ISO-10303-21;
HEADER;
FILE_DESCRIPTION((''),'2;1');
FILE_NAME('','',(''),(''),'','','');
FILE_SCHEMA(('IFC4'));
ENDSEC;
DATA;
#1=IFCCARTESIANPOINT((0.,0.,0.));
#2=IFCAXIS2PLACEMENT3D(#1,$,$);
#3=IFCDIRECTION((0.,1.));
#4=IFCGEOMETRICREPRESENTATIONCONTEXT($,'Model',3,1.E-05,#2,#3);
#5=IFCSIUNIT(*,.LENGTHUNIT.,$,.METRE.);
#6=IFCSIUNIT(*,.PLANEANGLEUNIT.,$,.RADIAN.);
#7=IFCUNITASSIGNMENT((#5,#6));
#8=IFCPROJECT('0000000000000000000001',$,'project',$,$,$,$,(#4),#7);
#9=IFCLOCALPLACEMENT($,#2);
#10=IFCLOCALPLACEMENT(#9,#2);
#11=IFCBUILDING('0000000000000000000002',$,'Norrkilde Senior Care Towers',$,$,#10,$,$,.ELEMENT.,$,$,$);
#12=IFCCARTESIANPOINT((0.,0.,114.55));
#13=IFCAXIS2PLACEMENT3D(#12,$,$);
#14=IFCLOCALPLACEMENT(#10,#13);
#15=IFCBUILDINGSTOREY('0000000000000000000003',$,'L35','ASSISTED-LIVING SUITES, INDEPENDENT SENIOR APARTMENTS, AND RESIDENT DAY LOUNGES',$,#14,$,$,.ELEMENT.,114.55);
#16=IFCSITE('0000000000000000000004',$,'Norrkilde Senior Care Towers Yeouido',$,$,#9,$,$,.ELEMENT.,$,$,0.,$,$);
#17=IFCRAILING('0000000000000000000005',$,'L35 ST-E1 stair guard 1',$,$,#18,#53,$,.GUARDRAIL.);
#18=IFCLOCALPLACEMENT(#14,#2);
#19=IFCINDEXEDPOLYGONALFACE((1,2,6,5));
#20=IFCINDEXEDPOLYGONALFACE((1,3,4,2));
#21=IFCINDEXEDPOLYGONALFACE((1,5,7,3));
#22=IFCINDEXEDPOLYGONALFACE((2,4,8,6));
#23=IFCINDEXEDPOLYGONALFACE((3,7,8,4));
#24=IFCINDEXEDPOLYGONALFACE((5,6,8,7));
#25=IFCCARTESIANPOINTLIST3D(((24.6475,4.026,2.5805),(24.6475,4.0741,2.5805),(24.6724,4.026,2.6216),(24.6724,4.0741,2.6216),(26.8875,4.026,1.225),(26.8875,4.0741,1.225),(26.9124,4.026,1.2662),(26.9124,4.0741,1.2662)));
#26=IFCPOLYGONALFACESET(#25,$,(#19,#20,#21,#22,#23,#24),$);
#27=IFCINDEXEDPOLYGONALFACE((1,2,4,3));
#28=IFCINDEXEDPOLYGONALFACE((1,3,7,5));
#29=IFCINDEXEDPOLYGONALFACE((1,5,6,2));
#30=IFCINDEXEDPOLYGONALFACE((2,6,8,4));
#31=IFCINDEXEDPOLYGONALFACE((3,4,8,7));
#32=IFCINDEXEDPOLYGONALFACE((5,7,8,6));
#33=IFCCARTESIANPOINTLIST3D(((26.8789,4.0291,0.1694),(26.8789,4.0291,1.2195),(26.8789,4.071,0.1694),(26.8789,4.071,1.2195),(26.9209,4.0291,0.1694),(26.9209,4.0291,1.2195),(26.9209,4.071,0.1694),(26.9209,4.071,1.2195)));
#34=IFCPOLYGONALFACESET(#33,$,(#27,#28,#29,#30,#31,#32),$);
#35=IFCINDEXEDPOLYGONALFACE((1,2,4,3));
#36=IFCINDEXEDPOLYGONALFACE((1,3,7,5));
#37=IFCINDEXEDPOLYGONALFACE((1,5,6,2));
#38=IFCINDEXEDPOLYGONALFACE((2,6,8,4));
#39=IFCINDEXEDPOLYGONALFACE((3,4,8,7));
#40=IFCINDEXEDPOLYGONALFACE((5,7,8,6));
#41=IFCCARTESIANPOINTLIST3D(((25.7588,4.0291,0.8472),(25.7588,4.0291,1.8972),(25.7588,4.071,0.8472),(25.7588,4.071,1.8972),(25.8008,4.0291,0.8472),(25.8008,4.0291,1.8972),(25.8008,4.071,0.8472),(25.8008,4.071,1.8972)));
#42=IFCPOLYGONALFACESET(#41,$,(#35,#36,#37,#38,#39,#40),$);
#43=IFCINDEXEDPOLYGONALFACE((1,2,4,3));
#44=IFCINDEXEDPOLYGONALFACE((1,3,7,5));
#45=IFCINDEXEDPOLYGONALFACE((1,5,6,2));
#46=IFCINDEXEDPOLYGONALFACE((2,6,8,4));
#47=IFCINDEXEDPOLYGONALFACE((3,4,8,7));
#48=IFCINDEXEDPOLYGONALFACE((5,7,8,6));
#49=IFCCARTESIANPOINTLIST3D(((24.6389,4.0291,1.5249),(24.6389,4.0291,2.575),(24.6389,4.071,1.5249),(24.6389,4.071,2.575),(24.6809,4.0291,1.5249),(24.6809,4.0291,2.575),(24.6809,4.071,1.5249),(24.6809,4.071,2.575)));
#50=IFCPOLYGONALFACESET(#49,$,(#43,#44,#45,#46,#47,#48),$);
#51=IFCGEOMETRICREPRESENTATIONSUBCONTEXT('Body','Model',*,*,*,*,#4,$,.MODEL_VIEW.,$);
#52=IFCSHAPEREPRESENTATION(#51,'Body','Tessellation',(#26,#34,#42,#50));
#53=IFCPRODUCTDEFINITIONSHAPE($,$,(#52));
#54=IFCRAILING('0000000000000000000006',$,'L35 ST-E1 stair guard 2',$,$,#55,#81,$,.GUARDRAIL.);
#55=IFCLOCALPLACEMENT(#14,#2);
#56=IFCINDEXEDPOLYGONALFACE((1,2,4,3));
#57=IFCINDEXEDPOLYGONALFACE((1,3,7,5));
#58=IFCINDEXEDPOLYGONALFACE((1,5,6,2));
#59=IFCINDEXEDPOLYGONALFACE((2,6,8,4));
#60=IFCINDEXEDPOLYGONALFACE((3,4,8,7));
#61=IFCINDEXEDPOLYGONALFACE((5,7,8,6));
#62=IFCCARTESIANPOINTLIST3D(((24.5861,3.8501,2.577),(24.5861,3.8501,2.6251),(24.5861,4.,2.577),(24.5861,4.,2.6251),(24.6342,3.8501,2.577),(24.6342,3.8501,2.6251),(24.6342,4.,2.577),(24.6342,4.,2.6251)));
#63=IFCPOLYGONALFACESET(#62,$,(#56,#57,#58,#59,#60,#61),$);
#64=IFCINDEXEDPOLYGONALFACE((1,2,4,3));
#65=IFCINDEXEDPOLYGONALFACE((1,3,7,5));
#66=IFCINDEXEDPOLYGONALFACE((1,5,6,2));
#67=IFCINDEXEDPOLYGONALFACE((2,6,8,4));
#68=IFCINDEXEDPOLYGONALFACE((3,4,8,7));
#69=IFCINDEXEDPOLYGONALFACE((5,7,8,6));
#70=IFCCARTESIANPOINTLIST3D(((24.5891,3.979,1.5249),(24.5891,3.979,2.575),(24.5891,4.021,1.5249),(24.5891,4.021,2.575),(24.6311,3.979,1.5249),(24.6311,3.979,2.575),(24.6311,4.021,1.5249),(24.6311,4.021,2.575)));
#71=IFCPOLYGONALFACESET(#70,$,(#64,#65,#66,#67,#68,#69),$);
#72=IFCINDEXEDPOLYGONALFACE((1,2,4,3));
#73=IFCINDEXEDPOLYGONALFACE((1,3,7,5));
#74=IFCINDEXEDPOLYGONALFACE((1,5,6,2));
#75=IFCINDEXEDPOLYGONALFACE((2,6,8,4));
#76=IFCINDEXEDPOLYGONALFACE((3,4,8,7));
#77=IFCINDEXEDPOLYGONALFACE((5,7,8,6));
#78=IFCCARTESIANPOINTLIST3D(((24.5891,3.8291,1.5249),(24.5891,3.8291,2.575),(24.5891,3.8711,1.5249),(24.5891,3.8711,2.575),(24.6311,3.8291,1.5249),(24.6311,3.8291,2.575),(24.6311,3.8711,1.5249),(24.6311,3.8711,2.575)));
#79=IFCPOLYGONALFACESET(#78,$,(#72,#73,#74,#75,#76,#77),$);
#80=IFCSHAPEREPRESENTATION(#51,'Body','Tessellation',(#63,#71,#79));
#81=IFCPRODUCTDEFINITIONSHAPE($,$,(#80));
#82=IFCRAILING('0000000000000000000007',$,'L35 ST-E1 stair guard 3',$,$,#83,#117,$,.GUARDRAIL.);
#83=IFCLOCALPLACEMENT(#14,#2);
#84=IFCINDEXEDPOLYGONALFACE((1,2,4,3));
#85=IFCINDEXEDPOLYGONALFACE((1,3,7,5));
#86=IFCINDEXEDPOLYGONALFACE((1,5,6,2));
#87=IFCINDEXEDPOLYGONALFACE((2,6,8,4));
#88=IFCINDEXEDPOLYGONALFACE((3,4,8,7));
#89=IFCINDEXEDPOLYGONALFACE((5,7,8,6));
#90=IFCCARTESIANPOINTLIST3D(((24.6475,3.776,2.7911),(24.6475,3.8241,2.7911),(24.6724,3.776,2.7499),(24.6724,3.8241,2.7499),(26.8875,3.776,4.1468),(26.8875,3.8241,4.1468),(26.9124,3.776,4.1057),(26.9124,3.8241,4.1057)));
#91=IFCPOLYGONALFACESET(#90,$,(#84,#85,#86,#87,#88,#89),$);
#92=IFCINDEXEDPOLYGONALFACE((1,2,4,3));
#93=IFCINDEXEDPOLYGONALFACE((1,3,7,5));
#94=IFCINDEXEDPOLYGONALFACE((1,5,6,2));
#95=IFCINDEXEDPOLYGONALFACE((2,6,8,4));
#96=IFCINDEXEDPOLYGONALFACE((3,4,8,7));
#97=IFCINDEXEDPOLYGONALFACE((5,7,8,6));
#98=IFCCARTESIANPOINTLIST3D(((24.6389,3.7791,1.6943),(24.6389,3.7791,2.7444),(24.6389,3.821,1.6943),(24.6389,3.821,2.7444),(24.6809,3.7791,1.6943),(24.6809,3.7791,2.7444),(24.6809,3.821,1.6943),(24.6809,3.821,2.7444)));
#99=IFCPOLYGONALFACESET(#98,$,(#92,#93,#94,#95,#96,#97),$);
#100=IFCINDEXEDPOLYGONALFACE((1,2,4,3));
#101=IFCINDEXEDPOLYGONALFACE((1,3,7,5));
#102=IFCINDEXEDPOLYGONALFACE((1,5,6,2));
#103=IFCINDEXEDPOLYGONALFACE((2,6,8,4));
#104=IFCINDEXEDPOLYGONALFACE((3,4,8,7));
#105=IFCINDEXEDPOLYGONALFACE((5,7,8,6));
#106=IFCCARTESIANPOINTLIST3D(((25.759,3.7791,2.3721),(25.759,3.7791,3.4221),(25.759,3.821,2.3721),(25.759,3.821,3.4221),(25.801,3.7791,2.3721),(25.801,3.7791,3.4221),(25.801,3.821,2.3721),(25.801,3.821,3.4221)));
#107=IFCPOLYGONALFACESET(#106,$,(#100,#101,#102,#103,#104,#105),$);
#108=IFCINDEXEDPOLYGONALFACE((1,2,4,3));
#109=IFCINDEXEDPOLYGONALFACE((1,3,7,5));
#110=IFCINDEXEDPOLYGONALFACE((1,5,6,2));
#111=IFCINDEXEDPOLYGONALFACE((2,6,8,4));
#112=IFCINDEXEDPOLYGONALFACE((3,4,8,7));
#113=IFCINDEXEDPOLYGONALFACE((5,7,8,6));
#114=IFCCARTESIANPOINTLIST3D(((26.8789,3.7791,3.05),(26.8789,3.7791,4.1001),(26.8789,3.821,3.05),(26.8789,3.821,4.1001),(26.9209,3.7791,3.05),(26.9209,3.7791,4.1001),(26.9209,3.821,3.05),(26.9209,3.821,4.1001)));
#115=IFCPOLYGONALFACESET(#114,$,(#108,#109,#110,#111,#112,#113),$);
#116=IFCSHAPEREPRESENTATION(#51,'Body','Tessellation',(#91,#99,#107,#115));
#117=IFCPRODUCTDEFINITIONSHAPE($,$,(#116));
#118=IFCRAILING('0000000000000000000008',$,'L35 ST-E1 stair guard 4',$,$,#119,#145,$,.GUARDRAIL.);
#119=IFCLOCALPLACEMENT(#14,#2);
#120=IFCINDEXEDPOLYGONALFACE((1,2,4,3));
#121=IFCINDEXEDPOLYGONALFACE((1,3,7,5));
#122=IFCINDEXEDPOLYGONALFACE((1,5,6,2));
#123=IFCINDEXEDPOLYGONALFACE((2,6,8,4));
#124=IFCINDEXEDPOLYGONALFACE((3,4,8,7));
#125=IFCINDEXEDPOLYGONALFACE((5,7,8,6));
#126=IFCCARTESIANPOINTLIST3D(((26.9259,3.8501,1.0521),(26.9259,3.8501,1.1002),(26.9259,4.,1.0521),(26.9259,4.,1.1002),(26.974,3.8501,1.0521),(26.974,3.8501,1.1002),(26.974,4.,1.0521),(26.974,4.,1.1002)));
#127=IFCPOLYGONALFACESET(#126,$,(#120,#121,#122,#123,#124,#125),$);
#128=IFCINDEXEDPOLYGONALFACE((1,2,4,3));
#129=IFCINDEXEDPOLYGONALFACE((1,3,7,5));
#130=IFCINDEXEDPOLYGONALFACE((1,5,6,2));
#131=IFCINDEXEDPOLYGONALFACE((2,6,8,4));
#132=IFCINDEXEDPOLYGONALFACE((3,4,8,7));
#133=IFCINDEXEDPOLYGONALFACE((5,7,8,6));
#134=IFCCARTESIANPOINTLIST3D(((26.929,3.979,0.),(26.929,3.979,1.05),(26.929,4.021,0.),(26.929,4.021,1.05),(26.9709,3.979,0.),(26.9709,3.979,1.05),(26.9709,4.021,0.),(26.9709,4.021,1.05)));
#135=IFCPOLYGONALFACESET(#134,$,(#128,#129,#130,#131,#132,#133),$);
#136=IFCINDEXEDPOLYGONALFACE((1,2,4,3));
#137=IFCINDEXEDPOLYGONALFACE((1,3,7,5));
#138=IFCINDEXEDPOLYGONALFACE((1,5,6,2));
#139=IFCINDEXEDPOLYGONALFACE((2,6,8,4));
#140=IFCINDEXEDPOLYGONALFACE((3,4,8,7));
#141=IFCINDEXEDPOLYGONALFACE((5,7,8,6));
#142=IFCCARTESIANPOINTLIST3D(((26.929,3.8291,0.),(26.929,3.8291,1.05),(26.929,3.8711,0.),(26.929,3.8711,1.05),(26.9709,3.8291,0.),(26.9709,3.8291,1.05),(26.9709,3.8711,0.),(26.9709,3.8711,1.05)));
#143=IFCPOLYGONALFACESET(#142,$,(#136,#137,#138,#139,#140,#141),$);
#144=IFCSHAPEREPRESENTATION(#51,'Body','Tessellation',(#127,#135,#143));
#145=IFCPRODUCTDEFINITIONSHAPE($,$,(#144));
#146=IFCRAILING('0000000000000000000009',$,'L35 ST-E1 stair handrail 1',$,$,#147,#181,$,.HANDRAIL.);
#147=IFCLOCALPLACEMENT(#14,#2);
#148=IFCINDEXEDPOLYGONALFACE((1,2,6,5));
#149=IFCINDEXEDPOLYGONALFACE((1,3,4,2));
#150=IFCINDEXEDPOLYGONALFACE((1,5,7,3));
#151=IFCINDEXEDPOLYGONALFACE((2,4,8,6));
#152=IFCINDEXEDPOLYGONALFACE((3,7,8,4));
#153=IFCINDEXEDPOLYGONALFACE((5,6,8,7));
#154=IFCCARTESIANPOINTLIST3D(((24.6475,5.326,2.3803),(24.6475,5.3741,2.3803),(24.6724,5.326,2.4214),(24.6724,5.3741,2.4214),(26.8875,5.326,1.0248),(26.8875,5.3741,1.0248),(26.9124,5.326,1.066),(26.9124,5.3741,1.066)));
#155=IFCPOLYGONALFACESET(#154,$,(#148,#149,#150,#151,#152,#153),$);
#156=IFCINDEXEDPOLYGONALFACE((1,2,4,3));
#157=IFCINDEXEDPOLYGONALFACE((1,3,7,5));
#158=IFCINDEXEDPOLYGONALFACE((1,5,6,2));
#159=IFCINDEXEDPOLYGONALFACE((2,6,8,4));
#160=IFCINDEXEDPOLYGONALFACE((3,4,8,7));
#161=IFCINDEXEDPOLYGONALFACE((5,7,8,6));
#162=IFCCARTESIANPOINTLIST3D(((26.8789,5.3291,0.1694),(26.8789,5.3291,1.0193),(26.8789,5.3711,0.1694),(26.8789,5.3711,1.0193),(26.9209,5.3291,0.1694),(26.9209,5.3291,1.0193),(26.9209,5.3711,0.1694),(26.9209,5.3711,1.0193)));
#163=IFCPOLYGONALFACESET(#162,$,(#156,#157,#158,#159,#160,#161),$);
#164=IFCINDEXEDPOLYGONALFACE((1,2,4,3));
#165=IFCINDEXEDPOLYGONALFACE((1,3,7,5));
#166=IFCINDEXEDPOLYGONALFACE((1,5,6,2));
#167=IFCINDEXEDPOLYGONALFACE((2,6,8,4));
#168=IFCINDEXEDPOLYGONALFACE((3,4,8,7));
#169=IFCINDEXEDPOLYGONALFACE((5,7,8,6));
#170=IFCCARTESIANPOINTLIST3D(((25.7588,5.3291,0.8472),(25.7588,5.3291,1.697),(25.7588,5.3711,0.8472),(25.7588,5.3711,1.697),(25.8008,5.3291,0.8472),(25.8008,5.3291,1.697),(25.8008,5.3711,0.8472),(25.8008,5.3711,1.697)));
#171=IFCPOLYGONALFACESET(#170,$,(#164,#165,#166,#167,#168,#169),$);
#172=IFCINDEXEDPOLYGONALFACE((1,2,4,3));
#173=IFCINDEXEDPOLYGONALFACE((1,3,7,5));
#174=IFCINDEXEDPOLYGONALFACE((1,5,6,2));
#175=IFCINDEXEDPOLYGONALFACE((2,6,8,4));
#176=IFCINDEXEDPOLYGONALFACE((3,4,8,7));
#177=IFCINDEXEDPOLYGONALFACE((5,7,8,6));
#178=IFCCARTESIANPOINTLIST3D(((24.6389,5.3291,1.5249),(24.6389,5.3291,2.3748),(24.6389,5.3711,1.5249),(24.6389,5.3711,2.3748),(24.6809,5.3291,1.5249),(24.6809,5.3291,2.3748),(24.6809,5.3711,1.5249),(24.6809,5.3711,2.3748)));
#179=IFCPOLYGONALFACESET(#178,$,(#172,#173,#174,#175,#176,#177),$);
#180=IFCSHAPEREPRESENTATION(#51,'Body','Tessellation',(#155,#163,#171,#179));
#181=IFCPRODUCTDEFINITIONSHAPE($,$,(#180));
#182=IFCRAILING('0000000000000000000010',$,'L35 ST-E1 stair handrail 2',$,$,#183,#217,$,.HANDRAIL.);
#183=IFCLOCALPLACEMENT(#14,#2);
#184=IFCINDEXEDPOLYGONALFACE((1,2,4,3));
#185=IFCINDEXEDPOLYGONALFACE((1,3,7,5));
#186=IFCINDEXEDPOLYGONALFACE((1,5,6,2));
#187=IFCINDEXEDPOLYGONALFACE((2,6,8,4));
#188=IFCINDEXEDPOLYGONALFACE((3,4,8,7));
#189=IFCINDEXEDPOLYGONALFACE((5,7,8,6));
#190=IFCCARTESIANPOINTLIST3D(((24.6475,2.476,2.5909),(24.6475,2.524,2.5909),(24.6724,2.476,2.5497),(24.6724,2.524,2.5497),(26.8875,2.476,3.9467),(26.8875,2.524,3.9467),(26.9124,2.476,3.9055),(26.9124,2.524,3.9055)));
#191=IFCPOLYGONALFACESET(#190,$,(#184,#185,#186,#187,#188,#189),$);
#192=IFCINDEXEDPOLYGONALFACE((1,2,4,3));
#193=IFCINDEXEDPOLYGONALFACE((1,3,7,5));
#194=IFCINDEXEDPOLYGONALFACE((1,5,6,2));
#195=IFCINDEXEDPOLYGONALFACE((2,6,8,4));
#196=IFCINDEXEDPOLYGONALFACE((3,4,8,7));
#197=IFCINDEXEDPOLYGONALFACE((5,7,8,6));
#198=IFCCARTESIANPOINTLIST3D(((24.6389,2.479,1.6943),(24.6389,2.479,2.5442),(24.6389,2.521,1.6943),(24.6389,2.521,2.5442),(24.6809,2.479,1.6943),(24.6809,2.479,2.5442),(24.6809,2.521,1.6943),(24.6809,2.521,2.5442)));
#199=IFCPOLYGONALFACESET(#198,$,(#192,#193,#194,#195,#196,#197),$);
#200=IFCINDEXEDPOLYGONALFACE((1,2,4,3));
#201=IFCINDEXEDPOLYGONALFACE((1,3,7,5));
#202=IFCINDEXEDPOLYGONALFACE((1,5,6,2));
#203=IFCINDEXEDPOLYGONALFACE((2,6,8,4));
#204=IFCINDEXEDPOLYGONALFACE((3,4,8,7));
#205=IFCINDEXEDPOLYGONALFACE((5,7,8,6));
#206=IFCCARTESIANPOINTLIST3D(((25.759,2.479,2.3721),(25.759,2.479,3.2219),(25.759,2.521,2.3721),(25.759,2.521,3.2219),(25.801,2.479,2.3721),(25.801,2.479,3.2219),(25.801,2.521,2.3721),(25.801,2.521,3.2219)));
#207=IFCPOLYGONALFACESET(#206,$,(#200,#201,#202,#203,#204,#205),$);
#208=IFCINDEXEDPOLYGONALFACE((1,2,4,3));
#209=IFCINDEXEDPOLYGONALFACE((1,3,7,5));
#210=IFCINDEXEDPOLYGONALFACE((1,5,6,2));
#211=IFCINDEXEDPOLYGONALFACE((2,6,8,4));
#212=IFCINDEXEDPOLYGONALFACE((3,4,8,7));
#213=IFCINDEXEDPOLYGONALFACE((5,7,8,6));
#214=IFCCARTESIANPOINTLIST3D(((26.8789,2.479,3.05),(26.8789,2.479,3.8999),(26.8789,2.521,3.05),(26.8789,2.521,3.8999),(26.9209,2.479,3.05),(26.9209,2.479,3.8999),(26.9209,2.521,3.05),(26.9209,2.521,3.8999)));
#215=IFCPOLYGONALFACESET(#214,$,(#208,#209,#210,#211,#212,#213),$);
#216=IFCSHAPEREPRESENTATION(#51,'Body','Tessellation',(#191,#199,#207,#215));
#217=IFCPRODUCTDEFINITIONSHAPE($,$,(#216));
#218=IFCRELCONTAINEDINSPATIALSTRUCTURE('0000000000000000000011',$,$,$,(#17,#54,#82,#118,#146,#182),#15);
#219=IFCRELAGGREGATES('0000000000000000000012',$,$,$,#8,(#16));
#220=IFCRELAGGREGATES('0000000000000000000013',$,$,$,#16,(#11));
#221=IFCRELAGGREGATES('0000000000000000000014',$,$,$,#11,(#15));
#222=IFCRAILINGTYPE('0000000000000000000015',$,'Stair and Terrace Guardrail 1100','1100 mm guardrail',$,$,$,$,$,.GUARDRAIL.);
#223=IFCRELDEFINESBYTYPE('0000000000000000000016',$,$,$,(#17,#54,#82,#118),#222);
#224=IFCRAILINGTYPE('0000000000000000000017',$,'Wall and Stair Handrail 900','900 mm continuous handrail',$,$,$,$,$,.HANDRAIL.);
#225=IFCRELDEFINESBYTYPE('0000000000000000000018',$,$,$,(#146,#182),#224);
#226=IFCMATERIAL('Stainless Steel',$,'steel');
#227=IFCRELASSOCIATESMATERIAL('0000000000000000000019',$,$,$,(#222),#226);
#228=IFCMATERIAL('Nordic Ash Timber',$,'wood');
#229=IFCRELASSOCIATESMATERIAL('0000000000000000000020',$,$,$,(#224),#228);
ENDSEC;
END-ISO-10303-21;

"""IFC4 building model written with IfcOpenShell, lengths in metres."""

from ifc_helpers import new_model, si_unit, direction, frame, origin, origin_2d, place, context, subcontext, project, spatial, rectangle, extrude, material, type_object, element, save


model = new_model("IFC4")

# Units and contexts
model_context = context("Model", 3, precision=1e-05, world=origin(), true_north=direction((0.0, 1.0)))
body_context = subcontext(model_context, "Body", "Model", "MODEL_VIEW")
ifc_project = project(units=[si_unit("LENGTHUNIT", "METRE"), si_unit("PLANEANGLEUNIT", "RADIAN")], contexts=[model_context])

# Site, building, storey
site_placement = place(None, origin())
site = spatial("IfcSite", under=ifc_project, at=site_placement, Name="Norrkilde Senior Care Towers Yeouido", CompositionType="ELEMENT", RefElevation=0.0)
building_placement = place(site_placement, origin())
building = spatial("IfcBuilding", under=site, at=building_placement, Name="Norrkilde Senior Care Towers", CompositionType="ELEMENT")
storey_placement = place(building_placement, frame((0.0, 0.0, 114.55)))
storey = spatial("IfcBuildingStorey", under=building, at=storey_placement, Name="L35", Description="ASSISTED-LIVING SUITES, INDEPENDENT SENIOR APARTMENTS, AND RESIDENT DAY LOUNGES", CompositionType="ELEMENT", Elevation=114.55)

# Railings
ifc_material_1 = material(Name="Stainless Steel", Category="steel")
railing_type_1 = type_object("IfcRailingType", Name="Stair and Terrace Guardrail 1100", Description="1100 mm guardrail", PredefinedType="GUARDRAIL", material=ifc_material_1)
railing_1_placement = place(storey_placement, frame((26.8999, 4.05, 0.1694)))
element("IfcRailing", 1, at=railing_1_placement, inside=storey, type_object=railing_type_1, Name="L35 ST-E1 stair guard 1", PredefinedType="GUARDRAIL", context=body_context, shape_type="SweptSolid", body=[
    extrude(rectangle(XDim=0.0481, YDim=0.0481, at=origin_2d()), frame((0.0, 0.0, 1.0762), z_axis=(-0.855553, 0.0, 0.517715), x_axis=(0.0, -1.0, 0.0)), (0.0, 0.0, 1.0), 2.6182),
    extrude(rectangle(XDim=0.042, YDim=0.042, at=origin_2d()), origin(), (0.0, 0.0, 1.0), 1.05),
    extrude(rectangle(XDim=0.042, YDim=0.042, at=origin_2d()), frame((-1.1201, 0.0, 0.6777)), (0.0, 0.0, 1.0), 1.05),
    extrude(rectangle(XDim=0.042, YDim=0.042, at=origin_2d()), frame((-2.24, 0.0, 1.3555)), (0.0, 0.0, 1.0), 1.05),
])
railing_2_placement = place(storey_placement, frame((24.6101, 4.0, 1.5249)))
element("IfcRailing", 2, at=railing_2_placement, inside=storey, type_object=railing_type_1, Name="L35 ST-E1 stair guard 2", PredefinedType="GUARDRAIL", context=body_context, shape_type="SweptSolid", body=[
    extrude(rectangle(XDim=0.0481, YDim=0.0481, at=origin_2d()), frame((0.0, 0.0, 1.0762), z_axis=(0.0, -1.0, 0.0), x_axis=(1.0, 0.0, 0.0)), (0.0, 0.0, 1.0), 0.1499),
    extrude(rectangle(XDim=0.042, YDim=0.042, at=origin_2d()), origin(), (0.0, 0.0, 1.0), 1.05),
    extrude(rectangle(XDim=0.042, YDim=0.042, at=origin_2d()), frame((0.0, -0.1499, 0.0)), (0.0, 0.0, 1.0), 1.05),
])
railing_3_placement = place(storey_placement, frame((24.6599, 3.8, 1.6943)))
element("IfcRailing", 3, at=railing_3_placement, inside=storey, type_object=railing_type_1, Name="L35 ST-E1 stair guard 3", PredefinedType="GUARDRAIL", context=body_context, shape_type="SweptSolid", body=[
    extrude(rectangle(XDim=0.0481, YDim=0.0481, at=origin_2d()), frame((0.0, 0.0, 1.0762), z_axis=(0.855512, 0.0, 0.517783), x_axis=(0.0, 1.0, 0.0)), (0.0, 0.0, 1.0), 2.6184),
    extrude(rectangle(XDim=0.042, YDim=0.042, at=origin_2d()), origin(), (0.0, 0.0, 1.0), 1.05),
    extrude(rectangle(XDim=0.042, YDim=0.042, at=origin_2d()), frame((1.1201, 0.0, 0.6777)), (0.0, 0.0, 1.0), 1.05),
    extrude(rectangle(XDim=0.042, YDim=0.042, at=origin_2d()), frame((2.24, 0.0, 1.3557)), (0.0, 0.0, 1.0), 1.05),
])
railing_4_placement = place(storey_placement, frame((26.95, 4.0, 0.0)))
element("IfcRailing", 4, at=railing_4_placement, inside=storey, type_object=railing_type_1, Name="L35 ST-E1 stair guard 4", PredefinedType="GUARDRAIL", context=body_context, shape_type="SweptSolid", body=[
    extrude(rectangle(XDim=0.0481, YDim=0.0481, at=origin_2d()), frame((0.0, 0.0, 1.0762), z_axis=(0.0, -1.0, 0.0), x_axis=(1.0, 0.0, 0.0)), (0.0, 0.0, 1.0), 0.1499),
    extrude(rectangle(XDim=0.042, YDim=0.042, at=origin_2d()), origin(), (0.0, 0.0, 1.0), 1.05),
    extrude(rectangle(XDim=0.042, YDim=0.042, at=origin_2d()), frame((0.0, -0.1499, 0.0)), (0.0, 0.0, 1.0), 1.05),
])
ifc_material_2 = material(Name="Nordic Ash Timber", Category="wood")
railing_type_2 = type_object("IfcRailingType", Name="Wall and Stair Handrail 900", Description="900 mm continuous handrail", PredefinedType="HANDRAIL", material=ifc_material_2)
railing_5_placement = place(storey_placement, frame((26.8999, 5.3501, 0.1694)))
element("IfcRailing", 5, at=railing_5_placement, inside=storey, type_object=railing_type_2, Name="L35 ST-E1 stair handrail 1", PredefinedType="HANDRAIL", context=body_context, shape_type="SweptSolid", body=[
    extrude(rectangle(XDim=0.0481, YDim=0.0481, at=origin_2d()), frame((0.0, 0.0, 0.876), z_axis=(-0.855553, 0.0, 0.517715), x_axis=(0.0, -1.0, 0.0)), (0.0, 0.0, 1.0), 2.6182),
    extrude(rectangle(XDim=0.042, YDim=0.042, at=origin_2d()), origin(), (0.0, 0.0, 1.0), 0.8499),
    extrude(rectangle(XDim=0.042, YDim=0.042, at=origin_2d()), frame((-1.1201, 0.0, 0.6777)), (0.0, 0.0, 1.0), 0.8499),
    extrude(rectangle(XDim=0.042, YDim=0.042, at=origin_2d()), frame((-2.24, 0.0, 1.3555)), (0.0, 0.0, 1.0), 0.8499),
])
railing_6_placement = place(storey_placement, frame((24.6599, 2.5, 1.6943)))
element("IfcRailing", 6, at=railing_6_placement, inside=storey, type_object=railing_type_2, Name="L35 ST-E1 stair handrail 2", PredefinedType="HANDRAIL", context=body_context, shape_type="SweptSolid", body=[
    extrude(rectangle(XDim=0.0481, YDim=0.0481, at=origin_2d()), frame((0.0, 0.0, 0.876), z_axis=(0.855512, 0.0, 0.517783), x_axis=(0.0, 1.0, 0.0)), (0.0, 0.0, 1.0), 2.6184),
    extrude(rectangle(XDim=0.042, YDim=0.042, at=origin_2d()), origin(), (0.0, 0.0, 1.0), 0.8499),
    extrude(rectangle(XDim=0.042, YDim=0.042, at=origin_2d()), frame((1.1201, 0.0, 0.6777)), (0.0, 0.0, 1.0), 0.8499),
    extrude(rectangle(XDim=0.042, YDim=0.042, at=origin_2d()), frame((2.24, 0.0, 1.3557)), (0.0, 0.0, 1.0), 0.8499),
])

save(model, "model.ifc")
